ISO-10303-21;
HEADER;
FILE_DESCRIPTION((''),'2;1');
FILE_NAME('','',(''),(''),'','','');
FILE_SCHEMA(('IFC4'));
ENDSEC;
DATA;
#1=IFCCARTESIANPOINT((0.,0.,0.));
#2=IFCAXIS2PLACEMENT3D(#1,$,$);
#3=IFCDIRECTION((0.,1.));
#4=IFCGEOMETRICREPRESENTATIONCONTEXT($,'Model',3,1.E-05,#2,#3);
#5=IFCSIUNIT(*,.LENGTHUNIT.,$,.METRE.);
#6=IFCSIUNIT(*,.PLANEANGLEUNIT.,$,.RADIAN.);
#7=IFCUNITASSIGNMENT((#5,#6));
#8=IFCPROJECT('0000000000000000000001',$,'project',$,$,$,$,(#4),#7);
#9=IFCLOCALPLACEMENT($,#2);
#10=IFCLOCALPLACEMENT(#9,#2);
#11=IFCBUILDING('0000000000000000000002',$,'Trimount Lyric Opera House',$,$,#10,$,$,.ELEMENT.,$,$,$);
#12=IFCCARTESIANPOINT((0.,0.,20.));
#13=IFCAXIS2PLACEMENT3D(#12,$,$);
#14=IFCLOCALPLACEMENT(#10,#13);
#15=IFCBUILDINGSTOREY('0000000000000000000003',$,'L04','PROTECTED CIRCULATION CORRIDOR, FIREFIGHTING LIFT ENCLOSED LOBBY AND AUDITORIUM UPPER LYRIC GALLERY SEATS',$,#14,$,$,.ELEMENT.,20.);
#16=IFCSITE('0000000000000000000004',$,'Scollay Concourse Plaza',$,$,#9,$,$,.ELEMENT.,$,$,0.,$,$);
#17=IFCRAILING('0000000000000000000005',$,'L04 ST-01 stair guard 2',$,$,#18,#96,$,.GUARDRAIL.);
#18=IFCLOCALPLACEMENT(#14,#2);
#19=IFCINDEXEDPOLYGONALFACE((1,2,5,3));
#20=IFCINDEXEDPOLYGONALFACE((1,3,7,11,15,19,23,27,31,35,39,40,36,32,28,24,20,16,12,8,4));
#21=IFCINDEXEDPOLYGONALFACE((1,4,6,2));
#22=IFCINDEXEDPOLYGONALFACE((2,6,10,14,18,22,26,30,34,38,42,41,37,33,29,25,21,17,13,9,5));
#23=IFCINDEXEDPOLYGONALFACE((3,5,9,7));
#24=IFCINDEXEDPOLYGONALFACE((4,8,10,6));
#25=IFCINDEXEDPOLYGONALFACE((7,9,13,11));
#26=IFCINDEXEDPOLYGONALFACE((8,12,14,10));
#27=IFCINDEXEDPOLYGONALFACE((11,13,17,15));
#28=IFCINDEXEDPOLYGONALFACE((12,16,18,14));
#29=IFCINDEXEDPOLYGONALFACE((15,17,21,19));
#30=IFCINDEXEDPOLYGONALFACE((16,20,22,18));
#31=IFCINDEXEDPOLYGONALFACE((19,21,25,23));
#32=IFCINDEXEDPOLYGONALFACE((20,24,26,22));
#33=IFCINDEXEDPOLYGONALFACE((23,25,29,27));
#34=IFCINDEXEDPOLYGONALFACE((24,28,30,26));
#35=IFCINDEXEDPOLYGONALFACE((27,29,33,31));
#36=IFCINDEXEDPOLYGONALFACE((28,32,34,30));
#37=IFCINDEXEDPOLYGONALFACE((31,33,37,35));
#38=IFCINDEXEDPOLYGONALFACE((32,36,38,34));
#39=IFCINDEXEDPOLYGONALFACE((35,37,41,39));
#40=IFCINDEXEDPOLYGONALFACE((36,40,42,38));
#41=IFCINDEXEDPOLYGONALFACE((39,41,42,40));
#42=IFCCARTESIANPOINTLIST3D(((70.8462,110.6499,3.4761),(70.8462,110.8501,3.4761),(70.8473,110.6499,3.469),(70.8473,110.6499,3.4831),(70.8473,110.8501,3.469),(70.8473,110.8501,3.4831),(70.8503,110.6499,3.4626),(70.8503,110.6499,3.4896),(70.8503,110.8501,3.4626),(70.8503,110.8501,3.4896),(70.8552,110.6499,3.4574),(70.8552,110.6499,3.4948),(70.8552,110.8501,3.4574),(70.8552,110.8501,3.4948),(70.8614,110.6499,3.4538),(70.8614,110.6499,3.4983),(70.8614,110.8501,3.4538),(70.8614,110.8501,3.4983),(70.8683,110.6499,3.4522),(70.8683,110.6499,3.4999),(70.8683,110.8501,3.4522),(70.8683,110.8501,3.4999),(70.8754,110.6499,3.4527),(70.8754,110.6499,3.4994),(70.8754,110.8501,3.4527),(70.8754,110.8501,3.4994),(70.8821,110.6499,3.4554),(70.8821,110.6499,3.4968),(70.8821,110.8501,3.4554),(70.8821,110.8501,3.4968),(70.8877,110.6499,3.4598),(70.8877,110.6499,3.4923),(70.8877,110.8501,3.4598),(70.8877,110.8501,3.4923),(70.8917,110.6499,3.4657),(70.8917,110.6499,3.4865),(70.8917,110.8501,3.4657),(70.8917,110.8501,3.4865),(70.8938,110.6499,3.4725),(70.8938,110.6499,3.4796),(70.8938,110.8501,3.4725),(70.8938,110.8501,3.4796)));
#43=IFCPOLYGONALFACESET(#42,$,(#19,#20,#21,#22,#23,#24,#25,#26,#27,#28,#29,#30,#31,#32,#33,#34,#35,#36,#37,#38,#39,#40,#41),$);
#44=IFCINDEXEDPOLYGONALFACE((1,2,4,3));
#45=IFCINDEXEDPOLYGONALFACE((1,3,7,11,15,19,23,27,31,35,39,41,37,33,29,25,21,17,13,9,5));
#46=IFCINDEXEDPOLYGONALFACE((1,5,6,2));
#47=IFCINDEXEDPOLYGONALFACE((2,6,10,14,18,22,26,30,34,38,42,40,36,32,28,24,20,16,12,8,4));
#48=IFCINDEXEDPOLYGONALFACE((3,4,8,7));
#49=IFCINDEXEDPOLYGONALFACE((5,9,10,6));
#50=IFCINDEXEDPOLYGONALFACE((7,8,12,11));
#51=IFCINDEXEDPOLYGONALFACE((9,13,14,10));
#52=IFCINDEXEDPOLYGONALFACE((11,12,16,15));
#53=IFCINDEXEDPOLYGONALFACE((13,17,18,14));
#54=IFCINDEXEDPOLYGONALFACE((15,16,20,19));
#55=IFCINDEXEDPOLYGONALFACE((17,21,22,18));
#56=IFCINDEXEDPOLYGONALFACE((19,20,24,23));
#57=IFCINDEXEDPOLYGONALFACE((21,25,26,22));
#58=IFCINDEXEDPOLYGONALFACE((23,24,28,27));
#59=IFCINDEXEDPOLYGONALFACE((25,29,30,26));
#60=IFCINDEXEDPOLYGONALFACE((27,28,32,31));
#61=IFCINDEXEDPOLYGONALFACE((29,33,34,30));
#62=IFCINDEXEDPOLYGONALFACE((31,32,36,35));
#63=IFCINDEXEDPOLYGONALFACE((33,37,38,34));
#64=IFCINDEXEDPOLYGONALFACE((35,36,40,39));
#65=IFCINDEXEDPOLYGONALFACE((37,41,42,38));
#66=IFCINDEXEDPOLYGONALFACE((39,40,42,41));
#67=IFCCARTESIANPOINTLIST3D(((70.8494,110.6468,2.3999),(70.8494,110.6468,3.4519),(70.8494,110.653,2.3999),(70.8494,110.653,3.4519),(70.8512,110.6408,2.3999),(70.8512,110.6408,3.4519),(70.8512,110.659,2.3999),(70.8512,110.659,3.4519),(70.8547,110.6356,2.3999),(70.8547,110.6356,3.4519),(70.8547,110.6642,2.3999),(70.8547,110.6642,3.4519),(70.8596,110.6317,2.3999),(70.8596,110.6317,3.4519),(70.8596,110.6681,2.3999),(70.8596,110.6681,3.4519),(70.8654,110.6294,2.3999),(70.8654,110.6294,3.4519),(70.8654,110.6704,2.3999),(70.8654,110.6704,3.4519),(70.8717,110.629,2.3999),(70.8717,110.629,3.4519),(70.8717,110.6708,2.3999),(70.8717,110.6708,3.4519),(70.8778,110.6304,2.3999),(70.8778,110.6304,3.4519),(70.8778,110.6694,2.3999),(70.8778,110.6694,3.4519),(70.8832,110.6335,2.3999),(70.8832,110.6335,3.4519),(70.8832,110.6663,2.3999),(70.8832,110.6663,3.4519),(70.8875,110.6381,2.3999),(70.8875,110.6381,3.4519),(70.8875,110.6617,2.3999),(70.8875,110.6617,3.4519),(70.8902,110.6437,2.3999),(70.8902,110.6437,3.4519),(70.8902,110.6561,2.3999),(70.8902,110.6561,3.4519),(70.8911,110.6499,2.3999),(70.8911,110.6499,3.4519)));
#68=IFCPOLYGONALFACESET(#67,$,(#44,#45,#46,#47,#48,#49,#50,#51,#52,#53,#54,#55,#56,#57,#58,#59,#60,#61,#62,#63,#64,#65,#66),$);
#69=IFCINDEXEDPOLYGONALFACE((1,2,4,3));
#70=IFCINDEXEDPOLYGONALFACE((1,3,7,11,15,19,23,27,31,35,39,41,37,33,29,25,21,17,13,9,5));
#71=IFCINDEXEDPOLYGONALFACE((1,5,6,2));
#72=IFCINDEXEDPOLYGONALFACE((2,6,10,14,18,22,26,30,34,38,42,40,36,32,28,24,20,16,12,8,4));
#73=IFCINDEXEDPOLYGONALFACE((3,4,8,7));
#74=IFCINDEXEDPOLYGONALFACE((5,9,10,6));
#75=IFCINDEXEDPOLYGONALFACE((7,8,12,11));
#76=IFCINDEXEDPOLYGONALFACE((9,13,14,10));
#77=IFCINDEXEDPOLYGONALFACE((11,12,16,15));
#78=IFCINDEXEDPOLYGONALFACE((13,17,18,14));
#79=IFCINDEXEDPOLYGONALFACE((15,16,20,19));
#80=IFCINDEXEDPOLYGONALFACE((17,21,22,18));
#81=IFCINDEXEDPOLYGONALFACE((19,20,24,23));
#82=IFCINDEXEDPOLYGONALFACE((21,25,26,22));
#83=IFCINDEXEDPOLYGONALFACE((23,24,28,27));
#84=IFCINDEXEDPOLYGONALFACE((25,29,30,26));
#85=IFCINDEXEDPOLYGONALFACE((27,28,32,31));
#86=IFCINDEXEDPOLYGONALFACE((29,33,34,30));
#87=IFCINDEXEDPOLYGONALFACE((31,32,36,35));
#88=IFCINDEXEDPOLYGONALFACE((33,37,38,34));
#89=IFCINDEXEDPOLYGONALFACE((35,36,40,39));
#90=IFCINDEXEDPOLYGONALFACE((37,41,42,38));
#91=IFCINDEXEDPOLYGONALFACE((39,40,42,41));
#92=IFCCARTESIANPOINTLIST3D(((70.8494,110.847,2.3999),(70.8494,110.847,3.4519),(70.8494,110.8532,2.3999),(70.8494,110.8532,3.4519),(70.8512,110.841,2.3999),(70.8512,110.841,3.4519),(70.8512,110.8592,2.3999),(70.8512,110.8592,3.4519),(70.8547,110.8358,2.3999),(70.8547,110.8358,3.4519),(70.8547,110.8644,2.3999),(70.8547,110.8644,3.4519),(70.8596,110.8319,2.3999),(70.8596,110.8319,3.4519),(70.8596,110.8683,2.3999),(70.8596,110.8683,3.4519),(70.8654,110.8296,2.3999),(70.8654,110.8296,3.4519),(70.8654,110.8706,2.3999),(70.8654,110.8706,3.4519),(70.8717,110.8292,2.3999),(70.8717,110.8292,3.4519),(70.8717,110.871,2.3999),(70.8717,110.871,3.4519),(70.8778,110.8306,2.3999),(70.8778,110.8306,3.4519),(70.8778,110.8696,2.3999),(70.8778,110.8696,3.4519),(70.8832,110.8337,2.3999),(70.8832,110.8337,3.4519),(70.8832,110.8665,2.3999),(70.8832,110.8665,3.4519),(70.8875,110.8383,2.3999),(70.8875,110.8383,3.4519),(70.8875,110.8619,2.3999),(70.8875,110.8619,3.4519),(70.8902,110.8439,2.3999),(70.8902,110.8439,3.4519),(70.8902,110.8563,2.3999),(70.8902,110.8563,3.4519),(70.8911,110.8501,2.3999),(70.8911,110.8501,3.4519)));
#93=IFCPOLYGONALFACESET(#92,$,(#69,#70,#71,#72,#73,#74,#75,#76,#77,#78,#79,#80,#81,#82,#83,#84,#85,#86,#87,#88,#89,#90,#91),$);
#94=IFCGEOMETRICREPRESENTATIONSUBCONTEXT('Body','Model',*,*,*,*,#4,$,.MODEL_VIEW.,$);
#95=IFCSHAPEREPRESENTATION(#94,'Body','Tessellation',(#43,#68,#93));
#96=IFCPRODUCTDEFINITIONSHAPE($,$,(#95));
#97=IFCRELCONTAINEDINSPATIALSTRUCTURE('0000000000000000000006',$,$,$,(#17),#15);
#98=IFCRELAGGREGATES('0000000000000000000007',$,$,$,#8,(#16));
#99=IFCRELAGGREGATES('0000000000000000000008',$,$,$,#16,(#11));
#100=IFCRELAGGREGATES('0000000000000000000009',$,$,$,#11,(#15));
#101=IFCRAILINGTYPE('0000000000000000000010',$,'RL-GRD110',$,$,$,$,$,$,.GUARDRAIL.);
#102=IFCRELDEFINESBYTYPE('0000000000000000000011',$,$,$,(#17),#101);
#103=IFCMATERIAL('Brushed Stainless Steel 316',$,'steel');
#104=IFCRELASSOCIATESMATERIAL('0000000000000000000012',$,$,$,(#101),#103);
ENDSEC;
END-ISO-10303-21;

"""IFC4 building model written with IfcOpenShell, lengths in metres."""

from ifc_helpers import new_model, si_unit, direction, frame, origin, origin_2d, place, context, subcontext, project, spatial, circle, extrude, material, type_object, element, save


model = new_model("IFC4")

# Units and contexts
model_context = context("Model", 3, precision=1e-05, world=origin(), true_north=direction((0.0, 1.0)))
body_context = subcontext(model_context, "Body", "Model", "MODEL_VIEW")
ifc_project = project(units=[si_unit("LENGTHUNIT", "METRE"), si_unit("PLANEANGLEUNIT", "RADIAN")], contexts=[model_context])

# Site, building, storey
site_placement = place(None, origin())
site = spatial("IfcSite", under=ifc_project, at=site_placement, Name="Scollay Concourse Plaza", CompositionType="ELEMENT", RefElevation=0.0)
building_placement = place(site_placement, origin())
building = spatial("IfcBuilding", under=site, at=building_placement, Name="Trimount Lyric Opera House", CompositionType="ELEMENT")
storey_placement = place(building_placement, frame((0.0, 0.0, 20.0)))
storey = spatial("IfcBuildingStorey", under=building, at=storey_placement, Name="L04", Description="PROTECTED CIRCULATION CORRIDOR, FIREFIGHTING LIFT ENCLOSED LOBBY AND AUDITORIUM UPPER LYRIC GALLERY SEATS", CompositionType="ELEMENT", Elevation=20.0)

# Railing
ifc_material_1 = material(Name="Brushed Stainless Steel 316", Category="steel")
railing_type_1 = type_object("IfcRailingType", Name="RL-GRD110", PredefinedType="GUARDRAIL", material=ifc_material_1)
railing_1_placement = place(storey_placement, frame((70.8701, 110.6499, 2.3999)))
element("IfcRailing", 1, at=railing_1_placement, inside=storey, type_object=railing_type_1, Name="L04 ST-01 stair guard 2", PredefinedType="GUARDRAIL", context=body_context, shape_type="SweptSolid", body=[
    extrude(circle(Radius=0.0239, at=origin_2d()), frame((0.0, 0.0, 1.0762), z_axis=(0.0, 1.0, 0.0), x_axis=(-1.0, 0.0, 0.0)), (0.0, 0.0, 1.0), 0.2002),
    extrude(circle(Radius=0.021, at=origin_2d()), origin(), (0.0, 0.0, 1.0), 1.052),
    extrude(circle(Radius=0.021, at=origin_2d()), frame((0.0, 0.2002, 0.0)), (0.0, 0.0, 1.0), 1.052),
])

save(model, "model.ifc")
